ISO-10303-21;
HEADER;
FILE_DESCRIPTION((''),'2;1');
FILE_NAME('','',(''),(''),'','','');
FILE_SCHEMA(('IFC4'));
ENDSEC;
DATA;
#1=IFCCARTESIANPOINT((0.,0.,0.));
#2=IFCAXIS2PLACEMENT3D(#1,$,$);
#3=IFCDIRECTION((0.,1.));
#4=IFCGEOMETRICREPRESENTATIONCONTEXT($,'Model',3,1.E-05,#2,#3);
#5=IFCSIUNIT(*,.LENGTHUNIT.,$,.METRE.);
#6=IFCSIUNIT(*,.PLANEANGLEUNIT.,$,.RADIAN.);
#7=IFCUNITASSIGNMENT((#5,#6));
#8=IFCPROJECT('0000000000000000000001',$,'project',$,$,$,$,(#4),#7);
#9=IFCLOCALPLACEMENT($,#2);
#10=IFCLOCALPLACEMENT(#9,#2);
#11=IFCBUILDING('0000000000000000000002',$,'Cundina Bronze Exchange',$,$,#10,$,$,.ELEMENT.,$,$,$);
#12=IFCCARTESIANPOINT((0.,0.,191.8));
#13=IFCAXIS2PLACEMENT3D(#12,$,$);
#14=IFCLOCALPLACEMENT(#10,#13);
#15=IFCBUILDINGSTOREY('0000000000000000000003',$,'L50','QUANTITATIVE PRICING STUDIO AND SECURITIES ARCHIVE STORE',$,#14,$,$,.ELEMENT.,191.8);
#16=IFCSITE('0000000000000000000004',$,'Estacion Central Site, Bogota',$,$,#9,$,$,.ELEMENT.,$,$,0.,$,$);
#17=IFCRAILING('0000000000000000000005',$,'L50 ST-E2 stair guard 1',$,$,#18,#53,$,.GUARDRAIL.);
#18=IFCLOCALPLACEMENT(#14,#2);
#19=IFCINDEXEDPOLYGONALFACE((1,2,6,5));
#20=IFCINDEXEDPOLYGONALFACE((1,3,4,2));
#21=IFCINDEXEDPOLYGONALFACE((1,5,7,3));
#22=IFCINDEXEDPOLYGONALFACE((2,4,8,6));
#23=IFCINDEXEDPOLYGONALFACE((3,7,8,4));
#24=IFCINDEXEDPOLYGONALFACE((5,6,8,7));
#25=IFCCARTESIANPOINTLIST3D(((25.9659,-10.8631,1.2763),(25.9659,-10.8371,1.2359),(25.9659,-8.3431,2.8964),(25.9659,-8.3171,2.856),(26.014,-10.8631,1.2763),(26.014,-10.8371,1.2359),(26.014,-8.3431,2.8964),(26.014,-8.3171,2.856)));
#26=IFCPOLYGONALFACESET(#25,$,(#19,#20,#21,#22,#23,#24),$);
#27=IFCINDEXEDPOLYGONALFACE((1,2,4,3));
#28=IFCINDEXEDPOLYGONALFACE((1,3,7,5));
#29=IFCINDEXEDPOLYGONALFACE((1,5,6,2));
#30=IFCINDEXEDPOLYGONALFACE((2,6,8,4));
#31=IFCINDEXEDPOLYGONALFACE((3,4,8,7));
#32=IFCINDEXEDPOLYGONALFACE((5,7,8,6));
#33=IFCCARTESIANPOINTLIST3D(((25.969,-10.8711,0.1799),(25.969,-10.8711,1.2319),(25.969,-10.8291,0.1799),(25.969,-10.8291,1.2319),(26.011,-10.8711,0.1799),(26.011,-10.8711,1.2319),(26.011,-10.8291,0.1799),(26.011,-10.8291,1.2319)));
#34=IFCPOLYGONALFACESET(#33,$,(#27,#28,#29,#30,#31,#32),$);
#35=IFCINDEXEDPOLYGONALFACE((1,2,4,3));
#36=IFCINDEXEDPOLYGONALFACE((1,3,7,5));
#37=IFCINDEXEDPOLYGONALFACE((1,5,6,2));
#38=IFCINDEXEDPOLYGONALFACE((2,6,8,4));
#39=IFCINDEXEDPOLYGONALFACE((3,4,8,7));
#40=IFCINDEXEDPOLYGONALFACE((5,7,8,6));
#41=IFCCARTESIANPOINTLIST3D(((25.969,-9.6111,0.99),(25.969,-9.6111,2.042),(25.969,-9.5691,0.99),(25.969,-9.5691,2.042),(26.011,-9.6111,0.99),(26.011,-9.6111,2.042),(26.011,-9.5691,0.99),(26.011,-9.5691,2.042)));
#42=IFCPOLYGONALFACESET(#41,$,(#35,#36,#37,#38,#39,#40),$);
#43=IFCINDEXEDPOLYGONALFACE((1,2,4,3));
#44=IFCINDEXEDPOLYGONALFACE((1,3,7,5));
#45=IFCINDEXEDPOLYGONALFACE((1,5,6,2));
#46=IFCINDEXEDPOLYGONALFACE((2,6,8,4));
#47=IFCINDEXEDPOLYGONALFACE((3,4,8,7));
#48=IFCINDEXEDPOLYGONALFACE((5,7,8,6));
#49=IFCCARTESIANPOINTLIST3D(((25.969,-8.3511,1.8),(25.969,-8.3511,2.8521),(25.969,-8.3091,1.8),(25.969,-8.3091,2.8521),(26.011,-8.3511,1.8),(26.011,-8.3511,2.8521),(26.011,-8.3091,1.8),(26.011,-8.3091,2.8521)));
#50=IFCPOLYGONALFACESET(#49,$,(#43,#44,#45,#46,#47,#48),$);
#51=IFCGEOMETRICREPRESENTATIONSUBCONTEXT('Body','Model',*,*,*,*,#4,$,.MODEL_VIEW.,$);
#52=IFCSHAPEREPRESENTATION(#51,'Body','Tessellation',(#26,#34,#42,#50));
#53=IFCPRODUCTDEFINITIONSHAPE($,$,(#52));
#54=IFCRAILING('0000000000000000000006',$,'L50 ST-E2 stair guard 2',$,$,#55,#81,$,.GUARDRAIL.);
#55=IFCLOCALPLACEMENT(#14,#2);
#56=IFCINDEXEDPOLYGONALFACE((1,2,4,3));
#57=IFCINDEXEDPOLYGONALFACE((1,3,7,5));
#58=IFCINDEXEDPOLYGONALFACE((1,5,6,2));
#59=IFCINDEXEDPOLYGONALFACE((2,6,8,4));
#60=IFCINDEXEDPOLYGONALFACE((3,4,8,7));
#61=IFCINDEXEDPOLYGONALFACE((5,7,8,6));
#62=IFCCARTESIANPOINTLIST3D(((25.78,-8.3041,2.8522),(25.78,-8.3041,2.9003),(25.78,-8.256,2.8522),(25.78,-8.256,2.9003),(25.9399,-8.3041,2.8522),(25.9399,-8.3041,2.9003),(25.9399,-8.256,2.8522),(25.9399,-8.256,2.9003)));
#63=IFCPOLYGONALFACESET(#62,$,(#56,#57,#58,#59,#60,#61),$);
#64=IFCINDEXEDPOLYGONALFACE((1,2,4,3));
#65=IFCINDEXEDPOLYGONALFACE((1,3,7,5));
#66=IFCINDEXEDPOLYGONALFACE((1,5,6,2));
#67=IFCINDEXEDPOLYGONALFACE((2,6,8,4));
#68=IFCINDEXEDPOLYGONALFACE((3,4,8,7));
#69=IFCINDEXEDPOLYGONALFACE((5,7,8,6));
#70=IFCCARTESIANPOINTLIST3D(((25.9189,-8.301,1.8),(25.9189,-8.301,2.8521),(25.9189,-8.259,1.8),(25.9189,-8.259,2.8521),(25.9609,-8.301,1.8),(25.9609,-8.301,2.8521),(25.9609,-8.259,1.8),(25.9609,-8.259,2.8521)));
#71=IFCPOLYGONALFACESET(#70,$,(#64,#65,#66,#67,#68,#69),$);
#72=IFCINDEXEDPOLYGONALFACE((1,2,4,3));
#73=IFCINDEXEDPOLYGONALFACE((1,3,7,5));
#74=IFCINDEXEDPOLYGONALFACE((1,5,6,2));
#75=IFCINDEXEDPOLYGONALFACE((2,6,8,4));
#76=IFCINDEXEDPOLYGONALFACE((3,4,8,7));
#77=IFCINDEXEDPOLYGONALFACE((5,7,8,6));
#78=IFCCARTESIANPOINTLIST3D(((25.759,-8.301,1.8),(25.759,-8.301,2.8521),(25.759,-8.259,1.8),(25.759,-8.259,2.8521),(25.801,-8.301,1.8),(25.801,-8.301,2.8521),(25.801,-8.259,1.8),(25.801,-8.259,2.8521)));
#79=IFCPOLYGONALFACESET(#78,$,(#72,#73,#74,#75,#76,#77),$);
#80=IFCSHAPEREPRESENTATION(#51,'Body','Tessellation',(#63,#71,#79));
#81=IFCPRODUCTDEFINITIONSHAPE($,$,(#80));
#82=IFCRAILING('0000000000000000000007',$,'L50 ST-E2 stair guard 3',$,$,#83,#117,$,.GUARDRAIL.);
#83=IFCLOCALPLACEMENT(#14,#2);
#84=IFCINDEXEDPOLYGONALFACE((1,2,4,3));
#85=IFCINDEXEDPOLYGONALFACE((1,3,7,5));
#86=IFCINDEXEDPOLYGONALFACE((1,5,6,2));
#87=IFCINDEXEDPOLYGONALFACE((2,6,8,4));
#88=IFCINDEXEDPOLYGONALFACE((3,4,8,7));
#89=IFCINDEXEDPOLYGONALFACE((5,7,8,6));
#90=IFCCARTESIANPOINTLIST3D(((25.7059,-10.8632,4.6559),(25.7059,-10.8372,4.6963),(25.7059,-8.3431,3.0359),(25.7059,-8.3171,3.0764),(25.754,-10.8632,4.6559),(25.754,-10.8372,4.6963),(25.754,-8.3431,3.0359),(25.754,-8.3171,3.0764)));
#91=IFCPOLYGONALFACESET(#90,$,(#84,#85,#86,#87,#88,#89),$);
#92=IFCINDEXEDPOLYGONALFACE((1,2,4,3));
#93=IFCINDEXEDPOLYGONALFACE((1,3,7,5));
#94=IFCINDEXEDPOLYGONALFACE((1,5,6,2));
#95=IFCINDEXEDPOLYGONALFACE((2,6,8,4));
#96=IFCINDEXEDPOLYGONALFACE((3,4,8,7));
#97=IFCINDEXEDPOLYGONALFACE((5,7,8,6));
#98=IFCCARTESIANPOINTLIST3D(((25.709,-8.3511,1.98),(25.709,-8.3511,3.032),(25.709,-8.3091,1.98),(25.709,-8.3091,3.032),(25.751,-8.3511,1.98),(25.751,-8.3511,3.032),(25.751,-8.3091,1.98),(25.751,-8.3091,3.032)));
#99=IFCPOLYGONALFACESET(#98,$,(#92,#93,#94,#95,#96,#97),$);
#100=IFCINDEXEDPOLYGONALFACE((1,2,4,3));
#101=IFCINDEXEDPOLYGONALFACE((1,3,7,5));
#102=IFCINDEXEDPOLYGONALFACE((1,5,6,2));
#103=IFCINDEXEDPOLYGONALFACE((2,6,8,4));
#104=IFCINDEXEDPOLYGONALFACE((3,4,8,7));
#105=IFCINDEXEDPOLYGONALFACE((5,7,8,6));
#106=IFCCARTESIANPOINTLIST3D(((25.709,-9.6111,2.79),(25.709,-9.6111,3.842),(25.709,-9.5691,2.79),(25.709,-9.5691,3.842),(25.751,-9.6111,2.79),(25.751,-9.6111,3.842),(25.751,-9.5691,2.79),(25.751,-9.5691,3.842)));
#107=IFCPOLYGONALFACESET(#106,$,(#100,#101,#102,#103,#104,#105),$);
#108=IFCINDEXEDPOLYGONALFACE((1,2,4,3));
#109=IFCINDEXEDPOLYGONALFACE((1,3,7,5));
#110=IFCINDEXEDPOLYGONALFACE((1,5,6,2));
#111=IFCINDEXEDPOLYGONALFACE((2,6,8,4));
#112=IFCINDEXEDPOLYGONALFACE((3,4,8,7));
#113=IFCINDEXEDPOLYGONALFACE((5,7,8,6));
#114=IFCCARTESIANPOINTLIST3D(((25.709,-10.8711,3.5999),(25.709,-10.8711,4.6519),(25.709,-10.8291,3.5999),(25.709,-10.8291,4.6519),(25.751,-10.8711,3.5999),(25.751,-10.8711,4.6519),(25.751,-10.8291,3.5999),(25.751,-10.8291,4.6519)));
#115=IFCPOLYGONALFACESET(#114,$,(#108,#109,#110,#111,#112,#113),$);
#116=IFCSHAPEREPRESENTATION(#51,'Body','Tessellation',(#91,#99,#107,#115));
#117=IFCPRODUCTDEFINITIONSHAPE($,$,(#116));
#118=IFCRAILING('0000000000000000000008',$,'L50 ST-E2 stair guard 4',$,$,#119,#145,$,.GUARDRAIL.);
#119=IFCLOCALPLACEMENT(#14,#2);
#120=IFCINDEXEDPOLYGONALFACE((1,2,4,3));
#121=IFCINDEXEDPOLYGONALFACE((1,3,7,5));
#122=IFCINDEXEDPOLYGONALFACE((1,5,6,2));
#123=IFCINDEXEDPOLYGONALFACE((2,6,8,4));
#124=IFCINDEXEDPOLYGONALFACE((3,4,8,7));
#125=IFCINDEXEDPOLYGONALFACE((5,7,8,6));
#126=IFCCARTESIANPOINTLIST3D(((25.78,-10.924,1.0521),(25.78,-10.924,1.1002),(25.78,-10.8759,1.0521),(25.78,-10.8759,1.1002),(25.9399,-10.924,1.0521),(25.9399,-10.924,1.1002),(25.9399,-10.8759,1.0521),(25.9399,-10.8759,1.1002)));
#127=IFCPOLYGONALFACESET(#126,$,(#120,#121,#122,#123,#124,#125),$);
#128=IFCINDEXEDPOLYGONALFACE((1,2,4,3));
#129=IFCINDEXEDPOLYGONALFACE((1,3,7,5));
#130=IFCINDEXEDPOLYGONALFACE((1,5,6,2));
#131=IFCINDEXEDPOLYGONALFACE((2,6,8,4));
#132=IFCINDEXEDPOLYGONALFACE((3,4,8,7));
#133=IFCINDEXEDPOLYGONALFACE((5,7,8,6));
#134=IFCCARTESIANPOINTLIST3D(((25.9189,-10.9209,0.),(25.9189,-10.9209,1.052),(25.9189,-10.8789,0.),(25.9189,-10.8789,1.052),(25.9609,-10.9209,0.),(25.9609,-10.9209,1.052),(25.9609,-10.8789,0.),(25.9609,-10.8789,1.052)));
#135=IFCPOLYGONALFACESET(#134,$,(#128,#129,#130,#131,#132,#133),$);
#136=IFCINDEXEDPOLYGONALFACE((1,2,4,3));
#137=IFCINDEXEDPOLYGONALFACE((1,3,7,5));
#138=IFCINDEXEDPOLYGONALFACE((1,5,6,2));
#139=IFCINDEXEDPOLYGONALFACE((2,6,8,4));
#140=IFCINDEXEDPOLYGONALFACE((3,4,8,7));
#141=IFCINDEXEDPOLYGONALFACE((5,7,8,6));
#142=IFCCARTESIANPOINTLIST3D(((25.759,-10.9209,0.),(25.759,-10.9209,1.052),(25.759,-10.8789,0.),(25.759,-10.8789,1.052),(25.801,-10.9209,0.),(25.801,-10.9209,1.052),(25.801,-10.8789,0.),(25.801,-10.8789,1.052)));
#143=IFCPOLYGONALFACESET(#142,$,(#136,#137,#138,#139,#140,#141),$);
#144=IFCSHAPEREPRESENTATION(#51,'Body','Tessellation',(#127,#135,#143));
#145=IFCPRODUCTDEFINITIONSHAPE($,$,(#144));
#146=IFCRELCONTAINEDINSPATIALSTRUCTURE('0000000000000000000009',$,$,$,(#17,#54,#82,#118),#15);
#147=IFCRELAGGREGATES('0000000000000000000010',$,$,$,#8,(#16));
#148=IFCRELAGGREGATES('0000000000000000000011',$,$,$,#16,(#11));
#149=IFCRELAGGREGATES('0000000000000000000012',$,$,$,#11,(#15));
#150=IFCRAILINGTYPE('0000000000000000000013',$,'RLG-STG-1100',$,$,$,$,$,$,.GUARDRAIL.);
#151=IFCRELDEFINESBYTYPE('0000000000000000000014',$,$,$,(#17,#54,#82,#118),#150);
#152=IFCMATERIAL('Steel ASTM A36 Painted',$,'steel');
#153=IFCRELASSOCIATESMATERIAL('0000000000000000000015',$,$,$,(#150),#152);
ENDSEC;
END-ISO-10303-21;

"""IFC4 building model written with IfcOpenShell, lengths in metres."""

from ifc_helpers import new_model, si_unit, direction, frame, origin, origin_2d, place, context, subcontext, project, spatial, rectangle, extrude, material, type_object, element, save


model = new_model("IFC4")

# Units and contexts
model_context = context("Model", 3, precision=1e-05, world=origin(), true_north=direction((0.0, 1.0)))
body_context = subcontext(model_context, "Body", "Model", "MODEL_VIEW")
ifc_project = project(units=[si_unit("LENGTHUNIT", "METRE"), si_unit("PLANEANGLEUNIT", "RADIAN")], contexts=[model_context])

# Site, building, storey
site_placement = place(None, origin())
site = spatial("IfcSite", under=ifc_project, at=site_placement, Name="Estacion Central Site, Bogota", CompositionType="ELEMENT", RefElevation=0.0)
building_placement = place(site_placement, origin())
building = spatial("IfcBuilding", under=site, at=building_placement, Name="Cundina Bronze Exchange", CompositionType="ELEMENT")
storey_placement = place(building_placement, frame((0.0, 0.0, 191.8)))
storey = spatial("IfcBuildingStorey", under=building, at=storey_placement, Name="L50", Description="QUANTITATIVE PRICING STUDIO AND SECURITIES ARCHIVE STORE", CompositionType="ELEMENT", Elevation=191.8)

# Shared definitions
ifc_material_1 = material(Name="Steel ASTM A36 Painted", Category="steel")

# Railings
railing_type_1 = type_object("IfcRailingType", Name="RLG-STG-1100", PredefinedType="GUARDRAIL", material=ifc_material_1)
railing_1_placement = place(storey_placement, frame((25.99, -10.8501, 0.1799)))
element("IfcRailing", 1, at=railing_1_placement, inside=storey, type_object=railing_type_1, Name="L50 ST-E2 stair guard 1", PredefinedType="GUARDRAIL", context=body_context, shape_type="SweptSolid", body=[
    extrude(rectangle(XDim=0.0481, YDim=0.0481, at=origin_2d()), frame((0.0, 0.0, 1.0762), z_axis=(0.0, 0.841163, 0.540782), x_axis=(-1.0, 0.0, 0.0)), (0.0, 0.0, 1.0), 2.9958),
    extrude(rectangle(XDim=0.042, YDim=0.042, at=origin_2d()), origin(), (0.0, 0.0, 1.0), 1.052),
    extrude(rectangle(XDim=0.042, YDim=0.042, at=origin_2d()), frame((0.0, 1.26, 0.8101)), (0.0, 0.0, 1.0), 1.052),
    extrude(rectangle(XDim=0.042, YDim=0.042, at=origin_2d()), frame((0.0, 2.52, 1.6201)), (0.0, 0.0, 1.0), 1.052),
])
railing_2_placement = place(storey_placement, frame((25.9399, -8.28, 1.8)))
element("IfcRailing", 2, at=railing_2_placement, inside=storey, type_object=railing_type_1, Name="L50 ST-E2 stair guard 2", PredefinedType="GUARDRAIL", context=body_context, shape_type="SweptSolid", body=[
    extrude(rectangle(XDim=0.0481, YDim=0.0481, at=origin_2d()), frame((0.0, 0.0, 1.0762), z_axis=(-1.0, 0.0, 0.0), x_axis=(0.0, -1.0, 0.0)), (0.0, 0.0, 1.0), 0.1599),
    extrude(rectangle(XDim=0.042, YDim=0.042, at=origin_2d()), origin(), (0.0, 0.0, 1.0), 1.052),
    extrude(rectangle(XDim=0.042, YDim=0.042, at=origin_2d()), frame((-0.1599, 0.0, 0.0)), (0.0, 0.0, 1.0), 1.052),
])
railing_3_placement = place(storey_placement, frame((25.73, -8.3301, 1.98)))
element("IfcRailing", 3, at=railing_3_placement, inside=storey, type_object=railing_type_1, Name="L50 ST-E2 stair guard 3", PredefinedType="GUARDRAIL", context=body_context, shape_type="SweptSolid", body=[
    extrude(rectangle(XDim=0.0481, YDim=0.0481, at=origin_2d()), frame((0.0, 0.0, 1.0762), z_axis=(0.0, -0.8412, 0.540725), x_axis=(1.0, 0.0, 0.0)), (0.0, 0.0, 1.0), 2.9958),
    extrude(rectangle(XDim=0.042, YDim=0.042, at=origin_2d()), origin(), (0.0, 0.0, 1.0), 1.052),
    extrude(rectangle(XDim=0.042, YDim=0.042, at=origin_2d()), frame((0.0, -1.26, 0.8101)), (0.0, 0.0, 1.0), 1.052),
    extrude(rectangle(XDim=0.042, YDim=0.042, at=origin_2d()), frame((0.0, -2.52, 1.6199)), (0.0, 0.0, 1.0), 1.052),
])
railing_4_placement = place(storey_placement, frame((25.9399, -10.8999, 0.0)))
element("IfcRailing", 4, at=railing_4_placement, inside=storey, type_object=railing_type_1, Name="L50 ST-E2 stair guard 4", PredefinedType="GUARDRAIL", context=body_context, shape_type="SweptSolid", body=[
    extrude(rectangle(XDim=0.0481, YDim=0.0481, at=origin_2d()), frame((0.0, 0.0, 1.0762), z_axis=(-1.0, 0.0, 0.0), x_axis=(0.0, -1.0, 0.0)), (0.0, 0.0, 1.0), 0.1599),
    extrude(rectangle(XDim=0.042, YDim=0.042, at=origin_2d()), origin(), (0.0, 0.0, 1.0), 1.052),
    extrude(rectangle(XDim=0.042, YDim=0.042, at=origin_2d()), frame((-0.1599, 0.0, 0.0)), (0.0, 0.0, 1.0), 1.052),
])

save(model, "model.ifc")
